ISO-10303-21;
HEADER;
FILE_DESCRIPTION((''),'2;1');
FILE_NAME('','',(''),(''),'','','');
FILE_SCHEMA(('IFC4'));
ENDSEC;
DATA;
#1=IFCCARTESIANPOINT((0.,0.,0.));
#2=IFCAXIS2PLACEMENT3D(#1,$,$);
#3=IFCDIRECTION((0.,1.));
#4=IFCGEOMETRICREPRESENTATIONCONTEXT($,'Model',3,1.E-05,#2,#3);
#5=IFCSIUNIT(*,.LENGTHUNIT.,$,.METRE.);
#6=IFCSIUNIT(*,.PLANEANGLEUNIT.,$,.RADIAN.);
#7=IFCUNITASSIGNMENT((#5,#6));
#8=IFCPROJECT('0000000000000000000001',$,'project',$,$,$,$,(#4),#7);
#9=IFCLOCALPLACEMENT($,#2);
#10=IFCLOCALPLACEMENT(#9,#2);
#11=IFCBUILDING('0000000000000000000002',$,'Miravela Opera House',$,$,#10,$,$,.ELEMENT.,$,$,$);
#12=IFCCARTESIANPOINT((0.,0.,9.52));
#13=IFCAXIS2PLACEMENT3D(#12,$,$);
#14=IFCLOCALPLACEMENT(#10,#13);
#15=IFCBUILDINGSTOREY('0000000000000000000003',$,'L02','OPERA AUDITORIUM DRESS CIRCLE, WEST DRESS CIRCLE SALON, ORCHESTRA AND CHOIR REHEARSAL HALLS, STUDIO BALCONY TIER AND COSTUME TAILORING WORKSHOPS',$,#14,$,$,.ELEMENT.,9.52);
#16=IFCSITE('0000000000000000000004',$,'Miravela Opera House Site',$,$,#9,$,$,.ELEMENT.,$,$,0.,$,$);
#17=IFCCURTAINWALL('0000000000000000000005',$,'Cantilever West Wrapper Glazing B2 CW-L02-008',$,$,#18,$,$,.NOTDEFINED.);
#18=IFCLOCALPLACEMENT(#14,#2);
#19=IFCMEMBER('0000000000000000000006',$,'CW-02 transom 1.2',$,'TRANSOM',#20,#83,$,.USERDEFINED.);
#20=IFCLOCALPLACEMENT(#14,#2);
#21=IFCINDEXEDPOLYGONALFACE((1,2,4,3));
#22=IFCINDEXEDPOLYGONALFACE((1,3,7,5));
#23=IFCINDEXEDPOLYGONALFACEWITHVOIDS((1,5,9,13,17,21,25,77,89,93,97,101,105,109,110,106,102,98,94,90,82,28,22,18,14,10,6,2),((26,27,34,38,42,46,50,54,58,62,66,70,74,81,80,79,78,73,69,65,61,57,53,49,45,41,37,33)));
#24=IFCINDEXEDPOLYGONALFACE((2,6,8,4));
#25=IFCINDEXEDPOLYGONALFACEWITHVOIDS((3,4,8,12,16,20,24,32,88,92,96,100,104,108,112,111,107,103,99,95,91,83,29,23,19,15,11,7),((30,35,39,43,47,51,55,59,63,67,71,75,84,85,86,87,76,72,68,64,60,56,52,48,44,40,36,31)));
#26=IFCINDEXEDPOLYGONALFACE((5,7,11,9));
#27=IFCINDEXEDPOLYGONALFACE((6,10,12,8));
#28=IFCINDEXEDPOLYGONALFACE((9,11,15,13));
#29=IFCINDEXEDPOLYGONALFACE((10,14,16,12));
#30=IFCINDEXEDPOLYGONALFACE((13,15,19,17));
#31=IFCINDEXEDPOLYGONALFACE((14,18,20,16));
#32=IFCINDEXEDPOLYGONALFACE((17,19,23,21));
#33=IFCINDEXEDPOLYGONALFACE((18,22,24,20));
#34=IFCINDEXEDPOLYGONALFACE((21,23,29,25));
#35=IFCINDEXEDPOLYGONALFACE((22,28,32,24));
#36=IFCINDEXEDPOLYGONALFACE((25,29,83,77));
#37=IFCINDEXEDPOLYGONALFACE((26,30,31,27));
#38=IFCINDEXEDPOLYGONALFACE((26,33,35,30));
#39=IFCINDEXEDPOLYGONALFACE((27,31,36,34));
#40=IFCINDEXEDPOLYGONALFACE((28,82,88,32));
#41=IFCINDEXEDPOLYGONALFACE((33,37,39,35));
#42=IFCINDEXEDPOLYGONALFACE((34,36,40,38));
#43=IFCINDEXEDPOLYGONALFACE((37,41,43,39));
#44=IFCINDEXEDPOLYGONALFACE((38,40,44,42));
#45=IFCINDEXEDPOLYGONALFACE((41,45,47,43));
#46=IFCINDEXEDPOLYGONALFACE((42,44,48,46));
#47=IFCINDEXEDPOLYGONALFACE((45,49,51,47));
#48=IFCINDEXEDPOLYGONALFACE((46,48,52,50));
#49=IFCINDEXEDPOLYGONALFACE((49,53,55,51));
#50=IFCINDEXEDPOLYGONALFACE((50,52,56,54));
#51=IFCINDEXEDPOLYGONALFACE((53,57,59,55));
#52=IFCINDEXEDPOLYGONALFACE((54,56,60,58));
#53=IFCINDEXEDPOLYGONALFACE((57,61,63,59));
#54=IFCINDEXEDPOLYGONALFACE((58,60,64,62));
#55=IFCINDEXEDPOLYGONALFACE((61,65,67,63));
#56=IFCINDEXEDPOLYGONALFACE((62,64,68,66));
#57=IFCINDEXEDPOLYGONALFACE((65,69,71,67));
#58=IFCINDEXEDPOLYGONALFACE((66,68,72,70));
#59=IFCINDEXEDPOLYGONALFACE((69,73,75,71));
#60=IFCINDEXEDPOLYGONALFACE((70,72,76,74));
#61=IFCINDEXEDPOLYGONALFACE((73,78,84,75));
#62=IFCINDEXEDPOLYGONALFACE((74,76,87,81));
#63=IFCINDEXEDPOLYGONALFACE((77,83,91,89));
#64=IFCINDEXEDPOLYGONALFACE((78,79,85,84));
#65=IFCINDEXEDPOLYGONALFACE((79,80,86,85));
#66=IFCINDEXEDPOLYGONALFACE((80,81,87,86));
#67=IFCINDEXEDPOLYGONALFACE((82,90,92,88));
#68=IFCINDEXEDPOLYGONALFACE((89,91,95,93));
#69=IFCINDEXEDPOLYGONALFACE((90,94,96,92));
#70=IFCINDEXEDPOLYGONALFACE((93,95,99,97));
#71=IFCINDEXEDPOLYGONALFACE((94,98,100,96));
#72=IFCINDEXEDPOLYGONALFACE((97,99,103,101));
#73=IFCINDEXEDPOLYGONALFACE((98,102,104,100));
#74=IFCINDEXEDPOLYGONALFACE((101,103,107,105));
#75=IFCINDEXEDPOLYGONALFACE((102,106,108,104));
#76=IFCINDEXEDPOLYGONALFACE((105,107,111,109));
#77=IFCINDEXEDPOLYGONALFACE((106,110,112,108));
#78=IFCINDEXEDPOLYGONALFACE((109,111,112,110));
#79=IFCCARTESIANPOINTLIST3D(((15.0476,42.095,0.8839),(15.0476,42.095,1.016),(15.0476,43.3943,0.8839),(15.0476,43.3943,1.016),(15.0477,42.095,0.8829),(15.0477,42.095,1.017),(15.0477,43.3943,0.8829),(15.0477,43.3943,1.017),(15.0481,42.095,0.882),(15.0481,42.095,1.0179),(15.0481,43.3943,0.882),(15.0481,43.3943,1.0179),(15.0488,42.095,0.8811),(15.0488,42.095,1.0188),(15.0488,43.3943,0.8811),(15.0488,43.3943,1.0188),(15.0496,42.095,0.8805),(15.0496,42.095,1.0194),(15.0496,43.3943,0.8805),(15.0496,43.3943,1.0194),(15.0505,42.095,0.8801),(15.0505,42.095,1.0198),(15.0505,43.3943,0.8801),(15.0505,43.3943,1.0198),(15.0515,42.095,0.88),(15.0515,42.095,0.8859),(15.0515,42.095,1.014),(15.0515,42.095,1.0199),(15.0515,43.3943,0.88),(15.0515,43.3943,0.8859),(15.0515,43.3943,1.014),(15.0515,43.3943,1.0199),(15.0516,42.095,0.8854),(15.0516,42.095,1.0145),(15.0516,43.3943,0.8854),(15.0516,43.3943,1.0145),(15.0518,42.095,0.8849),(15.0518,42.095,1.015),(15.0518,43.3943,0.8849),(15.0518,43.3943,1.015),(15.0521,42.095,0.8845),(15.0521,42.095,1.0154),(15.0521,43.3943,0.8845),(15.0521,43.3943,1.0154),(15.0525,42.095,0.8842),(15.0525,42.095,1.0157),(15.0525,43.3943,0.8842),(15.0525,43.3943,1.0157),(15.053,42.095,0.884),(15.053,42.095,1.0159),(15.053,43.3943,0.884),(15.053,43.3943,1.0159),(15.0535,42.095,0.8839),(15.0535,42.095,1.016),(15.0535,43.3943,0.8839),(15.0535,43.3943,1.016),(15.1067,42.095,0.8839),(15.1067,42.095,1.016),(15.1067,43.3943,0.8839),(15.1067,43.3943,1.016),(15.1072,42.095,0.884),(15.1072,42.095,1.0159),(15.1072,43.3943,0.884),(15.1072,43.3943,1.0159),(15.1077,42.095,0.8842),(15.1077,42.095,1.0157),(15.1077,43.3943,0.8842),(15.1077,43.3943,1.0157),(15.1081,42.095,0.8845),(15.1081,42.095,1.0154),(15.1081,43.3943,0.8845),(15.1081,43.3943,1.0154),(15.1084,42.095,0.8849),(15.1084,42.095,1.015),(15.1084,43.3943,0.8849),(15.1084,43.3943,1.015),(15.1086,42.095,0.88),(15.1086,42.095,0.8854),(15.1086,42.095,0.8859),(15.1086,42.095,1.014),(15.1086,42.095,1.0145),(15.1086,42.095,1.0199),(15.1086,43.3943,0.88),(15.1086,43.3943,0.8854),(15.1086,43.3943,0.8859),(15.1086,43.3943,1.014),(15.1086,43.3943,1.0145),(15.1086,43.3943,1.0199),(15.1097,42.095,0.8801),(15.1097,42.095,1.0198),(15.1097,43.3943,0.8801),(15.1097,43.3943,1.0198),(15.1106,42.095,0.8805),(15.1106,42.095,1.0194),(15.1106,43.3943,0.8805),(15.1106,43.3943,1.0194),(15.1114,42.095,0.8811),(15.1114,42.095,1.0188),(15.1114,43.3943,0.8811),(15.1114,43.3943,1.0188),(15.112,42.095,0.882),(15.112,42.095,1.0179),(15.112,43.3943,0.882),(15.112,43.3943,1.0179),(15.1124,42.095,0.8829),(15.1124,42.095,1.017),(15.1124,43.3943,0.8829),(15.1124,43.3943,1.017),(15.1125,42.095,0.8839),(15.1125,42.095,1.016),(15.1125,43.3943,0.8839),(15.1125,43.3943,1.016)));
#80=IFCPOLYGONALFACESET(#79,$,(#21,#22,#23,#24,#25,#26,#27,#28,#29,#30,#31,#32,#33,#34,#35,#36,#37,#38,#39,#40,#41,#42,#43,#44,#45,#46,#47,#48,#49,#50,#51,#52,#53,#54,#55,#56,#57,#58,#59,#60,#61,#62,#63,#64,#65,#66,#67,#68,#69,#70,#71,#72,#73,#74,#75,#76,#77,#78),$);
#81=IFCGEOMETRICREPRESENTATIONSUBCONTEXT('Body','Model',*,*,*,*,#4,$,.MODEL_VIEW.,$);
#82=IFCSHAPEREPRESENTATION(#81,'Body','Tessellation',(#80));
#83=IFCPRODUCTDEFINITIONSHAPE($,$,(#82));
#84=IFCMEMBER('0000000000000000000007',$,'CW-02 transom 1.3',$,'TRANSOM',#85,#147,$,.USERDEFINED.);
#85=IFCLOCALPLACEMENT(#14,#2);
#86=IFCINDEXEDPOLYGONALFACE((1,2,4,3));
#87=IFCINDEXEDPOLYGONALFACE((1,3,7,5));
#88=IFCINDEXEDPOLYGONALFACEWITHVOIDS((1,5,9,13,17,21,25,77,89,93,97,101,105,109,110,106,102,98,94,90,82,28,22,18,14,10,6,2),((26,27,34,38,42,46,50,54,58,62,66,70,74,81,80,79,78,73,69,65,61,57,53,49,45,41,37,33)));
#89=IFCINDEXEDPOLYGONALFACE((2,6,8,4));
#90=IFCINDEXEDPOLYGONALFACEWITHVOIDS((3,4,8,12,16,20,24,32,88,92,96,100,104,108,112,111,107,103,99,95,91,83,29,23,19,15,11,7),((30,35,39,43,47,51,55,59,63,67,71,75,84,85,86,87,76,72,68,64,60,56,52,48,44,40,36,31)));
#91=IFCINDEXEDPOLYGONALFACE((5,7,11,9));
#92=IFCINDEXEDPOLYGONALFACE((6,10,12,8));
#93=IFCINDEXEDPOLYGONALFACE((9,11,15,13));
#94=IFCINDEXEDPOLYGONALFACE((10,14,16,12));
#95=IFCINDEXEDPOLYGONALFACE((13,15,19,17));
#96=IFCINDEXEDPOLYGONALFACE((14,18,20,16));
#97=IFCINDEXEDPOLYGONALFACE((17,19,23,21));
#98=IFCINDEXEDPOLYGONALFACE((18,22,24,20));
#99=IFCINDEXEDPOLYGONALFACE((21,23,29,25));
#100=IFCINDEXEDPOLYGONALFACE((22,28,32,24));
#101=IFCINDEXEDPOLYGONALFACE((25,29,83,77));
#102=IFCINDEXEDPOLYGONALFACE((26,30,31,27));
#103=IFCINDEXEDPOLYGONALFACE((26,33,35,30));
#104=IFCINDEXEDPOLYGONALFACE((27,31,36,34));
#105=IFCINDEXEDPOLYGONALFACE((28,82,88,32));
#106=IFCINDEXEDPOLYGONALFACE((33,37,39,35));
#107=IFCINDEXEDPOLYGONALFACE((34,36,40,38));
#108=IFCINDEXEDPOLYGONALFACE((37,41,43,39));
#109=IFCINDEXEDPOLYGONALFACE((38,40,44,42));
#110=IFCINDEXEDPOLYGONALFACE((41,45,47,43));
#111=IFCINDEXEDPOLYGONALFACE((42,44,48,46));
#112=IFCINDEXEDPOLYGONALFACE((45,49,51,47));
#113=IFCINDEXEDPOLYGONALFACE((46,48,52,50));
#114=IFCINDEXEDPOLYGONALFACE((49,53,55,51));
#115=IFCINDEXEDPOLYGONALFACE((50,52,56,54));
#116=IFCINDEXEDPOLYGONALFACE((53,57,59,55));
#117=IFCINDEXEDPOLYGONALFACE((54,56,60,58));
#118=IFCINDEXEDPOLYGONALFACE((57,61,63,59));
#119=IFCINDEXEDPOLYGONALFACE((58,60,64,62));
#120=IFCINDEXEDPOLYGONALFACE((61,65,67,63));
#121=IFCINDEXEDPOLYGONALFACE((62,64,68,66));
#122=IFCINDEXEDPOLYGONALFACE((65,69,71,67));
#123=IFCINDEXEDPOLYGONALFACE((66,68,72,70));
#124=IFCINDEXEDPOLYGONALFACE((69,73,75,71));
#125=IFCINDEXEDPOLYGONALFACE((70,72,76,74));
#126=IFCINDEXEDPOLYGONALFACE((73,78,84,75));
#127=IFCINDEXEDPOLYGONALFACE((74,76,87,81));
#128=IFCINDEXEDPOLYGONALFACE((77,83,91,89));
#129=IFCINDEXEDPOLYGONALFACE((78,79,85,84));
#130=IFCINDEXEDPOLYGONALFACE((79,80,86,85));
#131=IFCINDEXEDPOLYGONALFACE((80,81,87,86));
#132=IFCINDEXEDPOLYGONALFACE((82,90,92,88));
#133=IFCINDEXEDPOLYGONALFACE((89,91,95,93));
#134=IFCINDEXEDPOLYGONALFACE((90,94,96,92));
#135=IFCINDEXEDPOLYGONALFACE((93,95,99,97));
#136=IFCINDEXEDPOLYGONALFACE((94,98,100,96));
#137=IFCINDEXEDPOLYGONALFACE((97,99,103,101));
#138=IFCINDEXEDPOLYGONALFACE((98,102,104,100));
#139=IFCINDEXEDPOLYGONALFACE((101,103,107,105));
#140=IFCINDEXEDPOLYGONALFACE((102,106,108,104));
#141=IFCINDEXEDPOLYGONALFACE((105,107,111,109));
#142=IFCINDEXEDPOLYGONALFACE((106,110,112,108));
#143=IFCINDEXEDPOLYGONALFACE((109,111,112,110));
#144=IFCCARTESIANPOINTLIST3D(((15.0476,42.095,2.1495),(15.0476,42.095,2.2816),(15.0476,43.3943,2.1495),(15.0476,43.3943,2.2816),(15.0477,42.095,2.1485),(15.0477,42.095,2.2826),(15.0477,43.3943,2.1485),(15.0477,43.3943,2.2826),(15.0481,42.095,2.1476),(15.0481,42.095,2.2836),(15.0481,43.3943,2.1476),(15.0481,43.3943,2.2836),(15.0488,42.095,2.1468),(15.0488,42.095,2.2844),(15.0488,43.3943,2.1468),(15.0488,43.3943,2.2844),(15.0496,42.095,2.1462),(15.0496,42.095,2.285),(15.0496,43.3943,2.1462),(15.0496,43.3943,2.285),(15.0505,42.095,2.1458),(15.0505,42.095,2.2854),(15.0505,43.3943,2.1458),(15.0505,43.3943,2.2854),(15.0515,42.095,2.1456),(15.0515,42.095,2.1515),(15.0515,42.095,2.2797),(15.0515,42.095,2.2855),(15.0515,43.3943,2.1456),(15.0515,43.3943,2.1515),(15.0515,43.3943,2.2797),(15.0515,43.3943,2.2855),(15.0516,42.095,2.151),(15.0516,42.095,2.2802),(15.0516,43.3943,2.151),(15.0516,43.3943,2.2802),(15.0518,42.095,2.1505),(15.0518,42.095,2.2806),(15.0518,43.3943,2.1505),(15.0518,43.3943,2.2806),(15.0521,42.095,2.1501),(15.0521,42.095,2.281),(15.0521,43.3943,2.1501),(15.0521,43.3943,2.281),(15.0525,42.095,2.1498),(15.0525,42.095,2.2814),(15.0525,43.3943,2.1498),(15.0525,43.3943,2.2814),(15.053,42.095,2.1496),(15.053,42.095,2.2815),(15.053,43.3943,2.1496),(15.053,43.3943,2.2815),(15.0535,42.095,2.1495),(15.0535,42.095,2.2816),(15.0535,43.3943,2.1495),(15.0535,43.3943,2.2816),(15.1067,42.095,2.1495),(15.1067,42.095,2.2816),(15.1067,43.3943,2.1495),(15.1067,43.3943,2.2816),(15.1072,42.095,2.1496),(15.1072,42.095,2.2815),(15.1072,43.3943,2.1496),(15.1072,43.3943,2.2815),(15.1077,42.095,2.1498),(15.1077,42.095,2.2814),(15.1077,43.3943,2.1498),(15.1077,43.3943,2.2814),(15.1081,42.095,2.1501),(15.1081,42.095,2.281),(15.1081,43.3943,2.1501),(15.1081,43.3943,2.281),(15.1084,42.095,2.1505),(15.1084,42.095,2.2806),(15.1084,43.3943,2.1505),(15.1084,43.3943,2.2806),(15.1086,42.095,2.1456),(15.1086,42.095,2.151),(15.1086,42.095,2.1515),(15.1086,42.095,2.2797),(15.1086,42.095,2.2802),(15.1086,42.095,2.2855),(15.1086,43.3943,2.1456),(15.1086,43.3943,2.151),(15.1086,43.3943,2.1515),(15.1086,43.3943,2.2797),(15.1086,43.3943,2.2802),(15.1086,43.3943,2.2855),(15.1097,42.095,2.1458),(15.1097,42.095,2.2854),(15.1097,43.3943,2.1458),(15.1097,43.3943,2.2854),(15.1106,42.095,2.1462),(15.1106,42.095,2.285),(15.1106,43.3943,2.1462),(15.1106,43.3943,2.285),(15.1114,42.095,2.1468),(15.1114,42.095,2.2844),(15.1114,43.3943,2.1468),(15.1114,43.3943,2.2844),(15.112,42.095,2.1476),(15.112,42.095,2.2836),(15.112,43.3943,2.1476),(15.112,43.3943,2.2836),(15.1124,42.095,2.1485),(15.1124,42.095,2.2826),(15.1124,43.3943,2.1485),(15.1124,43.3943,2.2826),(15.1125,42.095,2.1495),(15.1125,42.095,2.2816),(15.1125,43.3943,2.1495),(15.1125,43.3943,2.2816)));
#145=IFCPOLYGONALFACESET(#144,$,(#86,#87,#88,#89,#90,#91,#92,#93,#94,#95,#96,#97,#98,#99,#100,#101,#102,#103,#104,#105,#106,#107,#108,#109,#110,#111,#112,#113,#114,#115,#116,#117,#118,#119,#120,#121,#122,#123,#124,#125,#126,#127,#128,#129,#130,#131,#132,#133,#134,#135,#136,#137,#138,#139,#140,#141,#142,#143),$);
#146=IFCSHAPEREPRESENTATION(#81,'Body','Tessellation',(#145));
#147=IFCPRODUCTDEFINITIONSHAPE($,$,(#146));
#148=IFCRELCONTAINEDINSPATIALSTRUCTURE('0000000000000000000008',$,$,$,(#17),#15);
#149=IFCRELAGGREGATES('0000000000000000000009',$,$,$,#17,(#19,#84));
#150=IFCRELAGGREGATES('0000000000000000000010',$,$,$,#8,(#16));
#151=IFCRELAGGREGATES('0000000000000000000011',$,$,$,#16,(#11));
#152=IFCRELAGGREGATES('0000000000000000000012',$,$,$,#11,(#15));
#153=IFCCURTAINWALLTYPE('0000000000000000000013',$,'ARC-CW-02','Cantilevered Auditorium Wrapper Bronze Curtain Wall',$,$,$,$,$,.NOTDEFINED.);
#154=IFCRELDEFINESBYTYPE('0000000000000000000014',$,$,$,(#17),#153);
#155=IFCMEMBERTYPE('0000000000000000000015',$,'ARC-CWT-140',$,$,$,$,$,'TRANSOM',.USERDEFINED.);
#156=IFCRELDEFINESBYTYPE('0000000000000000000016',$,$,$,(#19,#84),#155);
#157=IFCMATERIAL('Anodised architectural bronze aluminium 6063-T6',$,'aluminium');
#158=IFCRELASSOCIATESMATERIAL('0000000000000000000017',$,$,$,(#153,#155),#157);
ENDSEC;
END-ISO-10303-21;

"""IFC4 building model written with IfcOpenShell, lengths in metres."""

from ifc_helpers import new_model, si_unit, direction, frame, origin, origin_2d, place, context, subcontext, project, spatial, hollow_rectangle, extrude, material, material_profile, profile_set, type_object, element, aggregate, save


model = new_model("IFC4")

# Units and contexts
model_context = context("Model", 3, precision=1e-05, world=origin(), true_north=direction((0.0, 1.0)))
body_context = subcontext(model_context, "Body", "Model", "MODEL_VIEW")
ifc_project = project(units=[si_unit("LENGTHUNIT", "METRE"), si_unit("PLANEANGLEUNIT", "RADIAN")], contexts=[model_context])

# Site, building, storey
site_placement = place(None, origin())
site = spatial("IfcSite", under=ifc_project, at=site_placement, Name="Miravela Opera House Site", CompositionType="ELEMENT", RefElevation=0.0)
building_placement = place(site_placement, origin())
building = spatial("IfcBuilding", under=site, at=building_placement, Name="Miravela Opera House", CompositionType="ELEMENT")
storey_placement = place(building_placement, frame((0.0, 0.0, 9.52)))
storey = spatial("IfcBuildingStorey", under=building, at=storey_placement, Name="L02", Description="OPERA AUDITORIUM DRESS CIRCLE, WEST DRESS CIRCLE SALON, ORCHESTRA AND CHOIR REHEARSAL HALLS, STUDIO BALCONY TIER AND COSTUME TAILORING WORKSHOPS", CompositionType="ELEMENT", Elevation=9.52)

# Curtain wall, members
ifc_material_1 = material(Name="Anodised architectural bronze aluminium 6063-T6", Category="aluminium")
curtain_wall_type = type_object("IfcCurtainWallType", Name="ARC-CW-02", Description="Cantilevered Auditorium Wrapper Bronze Curtain Wall", PredefinedType="NOTDEFINED", material=ifc_material_1)
curtain_wall_placement = place(storey_placement, origin())
curtain_wall = element("IfcCurtainWall", 1, at=curtain_wall_placement, inside=storey, type_object=curtain_wall_type, Name="Cantilever West Wrapper Glazing B2 CW-L02-008", PredefinedType="NOTDEFINED")
ifc_material_profile_1 = material_profile(ifc_material_1, hollow_rectangle(XDim=0.0649, YDim=0.1399, WallThickness=0.0039, InnerFilletRadius=0.002, OuterFilletRadius=0.0039, at=origin_2d()), Name="CWT-65X140")
ifc_profile_set_1 = profile_set([ifc_material_profile_1])
member_type_1 = type_object("IfcMemberType", Name="ARC-CWT-140", ElementType="TRANSOM", PredefinedType="USERDEFINED", material=ifc_profile_set_1)
member_1_placement = place(storey_placement, frame((15.0801, 42.095, 0.95), z_axis=(0.0, 1.0, 0.0), x_axis=(-1.0, 0.0, 0.0)))
member_1 = element("IfcMember", 2, at=member_1_placement, type_object=member_type_1, Name="CW-02 transom 1.2", ObjectType="TRANSOM", PredefinedType="USERDEFINED", context=body_context, shape_type="SweptSolid", body=[
    extrude(hollow_rectangle(XDim=0.0649, YDim=0.1399, WallThickness=0.0039, InnerFilletRadius=0.002, OuterFilletRadius=0.0039, at=origin_2d()), origin(), (0.0, 0.0, 1.0), 1.2993),
])
member_2_placement = place(storey_placement, frame((15.0801, 42.095, 2.2156), z_axis=(0.0, 1.0, 0.0), x_axis=(-1.0, 0.0, 0.0)))
member_2 = element("IfcMember", 3, at=member_2_placement, type_object=member_type_1, Name="CW-02 transom 1.3", ObjectType="TRANSOM", PredefinedType="USERDEFINED", context=body_context, shape_type="SweptSolid", body=[
    extrude(hollow_rectangle(XDim=0.0649, YDim=0.1399, WallThickness=0.0039, InnerFilletRadius=0.002, OuterFilletRadius=0.0039, at=origin_2d()), origin(), (0.0, 0.0, 1.0), 1.2993),
])

aggregate(curtain_wall, [member_1, member_2])

save(model, "model.ifc")
